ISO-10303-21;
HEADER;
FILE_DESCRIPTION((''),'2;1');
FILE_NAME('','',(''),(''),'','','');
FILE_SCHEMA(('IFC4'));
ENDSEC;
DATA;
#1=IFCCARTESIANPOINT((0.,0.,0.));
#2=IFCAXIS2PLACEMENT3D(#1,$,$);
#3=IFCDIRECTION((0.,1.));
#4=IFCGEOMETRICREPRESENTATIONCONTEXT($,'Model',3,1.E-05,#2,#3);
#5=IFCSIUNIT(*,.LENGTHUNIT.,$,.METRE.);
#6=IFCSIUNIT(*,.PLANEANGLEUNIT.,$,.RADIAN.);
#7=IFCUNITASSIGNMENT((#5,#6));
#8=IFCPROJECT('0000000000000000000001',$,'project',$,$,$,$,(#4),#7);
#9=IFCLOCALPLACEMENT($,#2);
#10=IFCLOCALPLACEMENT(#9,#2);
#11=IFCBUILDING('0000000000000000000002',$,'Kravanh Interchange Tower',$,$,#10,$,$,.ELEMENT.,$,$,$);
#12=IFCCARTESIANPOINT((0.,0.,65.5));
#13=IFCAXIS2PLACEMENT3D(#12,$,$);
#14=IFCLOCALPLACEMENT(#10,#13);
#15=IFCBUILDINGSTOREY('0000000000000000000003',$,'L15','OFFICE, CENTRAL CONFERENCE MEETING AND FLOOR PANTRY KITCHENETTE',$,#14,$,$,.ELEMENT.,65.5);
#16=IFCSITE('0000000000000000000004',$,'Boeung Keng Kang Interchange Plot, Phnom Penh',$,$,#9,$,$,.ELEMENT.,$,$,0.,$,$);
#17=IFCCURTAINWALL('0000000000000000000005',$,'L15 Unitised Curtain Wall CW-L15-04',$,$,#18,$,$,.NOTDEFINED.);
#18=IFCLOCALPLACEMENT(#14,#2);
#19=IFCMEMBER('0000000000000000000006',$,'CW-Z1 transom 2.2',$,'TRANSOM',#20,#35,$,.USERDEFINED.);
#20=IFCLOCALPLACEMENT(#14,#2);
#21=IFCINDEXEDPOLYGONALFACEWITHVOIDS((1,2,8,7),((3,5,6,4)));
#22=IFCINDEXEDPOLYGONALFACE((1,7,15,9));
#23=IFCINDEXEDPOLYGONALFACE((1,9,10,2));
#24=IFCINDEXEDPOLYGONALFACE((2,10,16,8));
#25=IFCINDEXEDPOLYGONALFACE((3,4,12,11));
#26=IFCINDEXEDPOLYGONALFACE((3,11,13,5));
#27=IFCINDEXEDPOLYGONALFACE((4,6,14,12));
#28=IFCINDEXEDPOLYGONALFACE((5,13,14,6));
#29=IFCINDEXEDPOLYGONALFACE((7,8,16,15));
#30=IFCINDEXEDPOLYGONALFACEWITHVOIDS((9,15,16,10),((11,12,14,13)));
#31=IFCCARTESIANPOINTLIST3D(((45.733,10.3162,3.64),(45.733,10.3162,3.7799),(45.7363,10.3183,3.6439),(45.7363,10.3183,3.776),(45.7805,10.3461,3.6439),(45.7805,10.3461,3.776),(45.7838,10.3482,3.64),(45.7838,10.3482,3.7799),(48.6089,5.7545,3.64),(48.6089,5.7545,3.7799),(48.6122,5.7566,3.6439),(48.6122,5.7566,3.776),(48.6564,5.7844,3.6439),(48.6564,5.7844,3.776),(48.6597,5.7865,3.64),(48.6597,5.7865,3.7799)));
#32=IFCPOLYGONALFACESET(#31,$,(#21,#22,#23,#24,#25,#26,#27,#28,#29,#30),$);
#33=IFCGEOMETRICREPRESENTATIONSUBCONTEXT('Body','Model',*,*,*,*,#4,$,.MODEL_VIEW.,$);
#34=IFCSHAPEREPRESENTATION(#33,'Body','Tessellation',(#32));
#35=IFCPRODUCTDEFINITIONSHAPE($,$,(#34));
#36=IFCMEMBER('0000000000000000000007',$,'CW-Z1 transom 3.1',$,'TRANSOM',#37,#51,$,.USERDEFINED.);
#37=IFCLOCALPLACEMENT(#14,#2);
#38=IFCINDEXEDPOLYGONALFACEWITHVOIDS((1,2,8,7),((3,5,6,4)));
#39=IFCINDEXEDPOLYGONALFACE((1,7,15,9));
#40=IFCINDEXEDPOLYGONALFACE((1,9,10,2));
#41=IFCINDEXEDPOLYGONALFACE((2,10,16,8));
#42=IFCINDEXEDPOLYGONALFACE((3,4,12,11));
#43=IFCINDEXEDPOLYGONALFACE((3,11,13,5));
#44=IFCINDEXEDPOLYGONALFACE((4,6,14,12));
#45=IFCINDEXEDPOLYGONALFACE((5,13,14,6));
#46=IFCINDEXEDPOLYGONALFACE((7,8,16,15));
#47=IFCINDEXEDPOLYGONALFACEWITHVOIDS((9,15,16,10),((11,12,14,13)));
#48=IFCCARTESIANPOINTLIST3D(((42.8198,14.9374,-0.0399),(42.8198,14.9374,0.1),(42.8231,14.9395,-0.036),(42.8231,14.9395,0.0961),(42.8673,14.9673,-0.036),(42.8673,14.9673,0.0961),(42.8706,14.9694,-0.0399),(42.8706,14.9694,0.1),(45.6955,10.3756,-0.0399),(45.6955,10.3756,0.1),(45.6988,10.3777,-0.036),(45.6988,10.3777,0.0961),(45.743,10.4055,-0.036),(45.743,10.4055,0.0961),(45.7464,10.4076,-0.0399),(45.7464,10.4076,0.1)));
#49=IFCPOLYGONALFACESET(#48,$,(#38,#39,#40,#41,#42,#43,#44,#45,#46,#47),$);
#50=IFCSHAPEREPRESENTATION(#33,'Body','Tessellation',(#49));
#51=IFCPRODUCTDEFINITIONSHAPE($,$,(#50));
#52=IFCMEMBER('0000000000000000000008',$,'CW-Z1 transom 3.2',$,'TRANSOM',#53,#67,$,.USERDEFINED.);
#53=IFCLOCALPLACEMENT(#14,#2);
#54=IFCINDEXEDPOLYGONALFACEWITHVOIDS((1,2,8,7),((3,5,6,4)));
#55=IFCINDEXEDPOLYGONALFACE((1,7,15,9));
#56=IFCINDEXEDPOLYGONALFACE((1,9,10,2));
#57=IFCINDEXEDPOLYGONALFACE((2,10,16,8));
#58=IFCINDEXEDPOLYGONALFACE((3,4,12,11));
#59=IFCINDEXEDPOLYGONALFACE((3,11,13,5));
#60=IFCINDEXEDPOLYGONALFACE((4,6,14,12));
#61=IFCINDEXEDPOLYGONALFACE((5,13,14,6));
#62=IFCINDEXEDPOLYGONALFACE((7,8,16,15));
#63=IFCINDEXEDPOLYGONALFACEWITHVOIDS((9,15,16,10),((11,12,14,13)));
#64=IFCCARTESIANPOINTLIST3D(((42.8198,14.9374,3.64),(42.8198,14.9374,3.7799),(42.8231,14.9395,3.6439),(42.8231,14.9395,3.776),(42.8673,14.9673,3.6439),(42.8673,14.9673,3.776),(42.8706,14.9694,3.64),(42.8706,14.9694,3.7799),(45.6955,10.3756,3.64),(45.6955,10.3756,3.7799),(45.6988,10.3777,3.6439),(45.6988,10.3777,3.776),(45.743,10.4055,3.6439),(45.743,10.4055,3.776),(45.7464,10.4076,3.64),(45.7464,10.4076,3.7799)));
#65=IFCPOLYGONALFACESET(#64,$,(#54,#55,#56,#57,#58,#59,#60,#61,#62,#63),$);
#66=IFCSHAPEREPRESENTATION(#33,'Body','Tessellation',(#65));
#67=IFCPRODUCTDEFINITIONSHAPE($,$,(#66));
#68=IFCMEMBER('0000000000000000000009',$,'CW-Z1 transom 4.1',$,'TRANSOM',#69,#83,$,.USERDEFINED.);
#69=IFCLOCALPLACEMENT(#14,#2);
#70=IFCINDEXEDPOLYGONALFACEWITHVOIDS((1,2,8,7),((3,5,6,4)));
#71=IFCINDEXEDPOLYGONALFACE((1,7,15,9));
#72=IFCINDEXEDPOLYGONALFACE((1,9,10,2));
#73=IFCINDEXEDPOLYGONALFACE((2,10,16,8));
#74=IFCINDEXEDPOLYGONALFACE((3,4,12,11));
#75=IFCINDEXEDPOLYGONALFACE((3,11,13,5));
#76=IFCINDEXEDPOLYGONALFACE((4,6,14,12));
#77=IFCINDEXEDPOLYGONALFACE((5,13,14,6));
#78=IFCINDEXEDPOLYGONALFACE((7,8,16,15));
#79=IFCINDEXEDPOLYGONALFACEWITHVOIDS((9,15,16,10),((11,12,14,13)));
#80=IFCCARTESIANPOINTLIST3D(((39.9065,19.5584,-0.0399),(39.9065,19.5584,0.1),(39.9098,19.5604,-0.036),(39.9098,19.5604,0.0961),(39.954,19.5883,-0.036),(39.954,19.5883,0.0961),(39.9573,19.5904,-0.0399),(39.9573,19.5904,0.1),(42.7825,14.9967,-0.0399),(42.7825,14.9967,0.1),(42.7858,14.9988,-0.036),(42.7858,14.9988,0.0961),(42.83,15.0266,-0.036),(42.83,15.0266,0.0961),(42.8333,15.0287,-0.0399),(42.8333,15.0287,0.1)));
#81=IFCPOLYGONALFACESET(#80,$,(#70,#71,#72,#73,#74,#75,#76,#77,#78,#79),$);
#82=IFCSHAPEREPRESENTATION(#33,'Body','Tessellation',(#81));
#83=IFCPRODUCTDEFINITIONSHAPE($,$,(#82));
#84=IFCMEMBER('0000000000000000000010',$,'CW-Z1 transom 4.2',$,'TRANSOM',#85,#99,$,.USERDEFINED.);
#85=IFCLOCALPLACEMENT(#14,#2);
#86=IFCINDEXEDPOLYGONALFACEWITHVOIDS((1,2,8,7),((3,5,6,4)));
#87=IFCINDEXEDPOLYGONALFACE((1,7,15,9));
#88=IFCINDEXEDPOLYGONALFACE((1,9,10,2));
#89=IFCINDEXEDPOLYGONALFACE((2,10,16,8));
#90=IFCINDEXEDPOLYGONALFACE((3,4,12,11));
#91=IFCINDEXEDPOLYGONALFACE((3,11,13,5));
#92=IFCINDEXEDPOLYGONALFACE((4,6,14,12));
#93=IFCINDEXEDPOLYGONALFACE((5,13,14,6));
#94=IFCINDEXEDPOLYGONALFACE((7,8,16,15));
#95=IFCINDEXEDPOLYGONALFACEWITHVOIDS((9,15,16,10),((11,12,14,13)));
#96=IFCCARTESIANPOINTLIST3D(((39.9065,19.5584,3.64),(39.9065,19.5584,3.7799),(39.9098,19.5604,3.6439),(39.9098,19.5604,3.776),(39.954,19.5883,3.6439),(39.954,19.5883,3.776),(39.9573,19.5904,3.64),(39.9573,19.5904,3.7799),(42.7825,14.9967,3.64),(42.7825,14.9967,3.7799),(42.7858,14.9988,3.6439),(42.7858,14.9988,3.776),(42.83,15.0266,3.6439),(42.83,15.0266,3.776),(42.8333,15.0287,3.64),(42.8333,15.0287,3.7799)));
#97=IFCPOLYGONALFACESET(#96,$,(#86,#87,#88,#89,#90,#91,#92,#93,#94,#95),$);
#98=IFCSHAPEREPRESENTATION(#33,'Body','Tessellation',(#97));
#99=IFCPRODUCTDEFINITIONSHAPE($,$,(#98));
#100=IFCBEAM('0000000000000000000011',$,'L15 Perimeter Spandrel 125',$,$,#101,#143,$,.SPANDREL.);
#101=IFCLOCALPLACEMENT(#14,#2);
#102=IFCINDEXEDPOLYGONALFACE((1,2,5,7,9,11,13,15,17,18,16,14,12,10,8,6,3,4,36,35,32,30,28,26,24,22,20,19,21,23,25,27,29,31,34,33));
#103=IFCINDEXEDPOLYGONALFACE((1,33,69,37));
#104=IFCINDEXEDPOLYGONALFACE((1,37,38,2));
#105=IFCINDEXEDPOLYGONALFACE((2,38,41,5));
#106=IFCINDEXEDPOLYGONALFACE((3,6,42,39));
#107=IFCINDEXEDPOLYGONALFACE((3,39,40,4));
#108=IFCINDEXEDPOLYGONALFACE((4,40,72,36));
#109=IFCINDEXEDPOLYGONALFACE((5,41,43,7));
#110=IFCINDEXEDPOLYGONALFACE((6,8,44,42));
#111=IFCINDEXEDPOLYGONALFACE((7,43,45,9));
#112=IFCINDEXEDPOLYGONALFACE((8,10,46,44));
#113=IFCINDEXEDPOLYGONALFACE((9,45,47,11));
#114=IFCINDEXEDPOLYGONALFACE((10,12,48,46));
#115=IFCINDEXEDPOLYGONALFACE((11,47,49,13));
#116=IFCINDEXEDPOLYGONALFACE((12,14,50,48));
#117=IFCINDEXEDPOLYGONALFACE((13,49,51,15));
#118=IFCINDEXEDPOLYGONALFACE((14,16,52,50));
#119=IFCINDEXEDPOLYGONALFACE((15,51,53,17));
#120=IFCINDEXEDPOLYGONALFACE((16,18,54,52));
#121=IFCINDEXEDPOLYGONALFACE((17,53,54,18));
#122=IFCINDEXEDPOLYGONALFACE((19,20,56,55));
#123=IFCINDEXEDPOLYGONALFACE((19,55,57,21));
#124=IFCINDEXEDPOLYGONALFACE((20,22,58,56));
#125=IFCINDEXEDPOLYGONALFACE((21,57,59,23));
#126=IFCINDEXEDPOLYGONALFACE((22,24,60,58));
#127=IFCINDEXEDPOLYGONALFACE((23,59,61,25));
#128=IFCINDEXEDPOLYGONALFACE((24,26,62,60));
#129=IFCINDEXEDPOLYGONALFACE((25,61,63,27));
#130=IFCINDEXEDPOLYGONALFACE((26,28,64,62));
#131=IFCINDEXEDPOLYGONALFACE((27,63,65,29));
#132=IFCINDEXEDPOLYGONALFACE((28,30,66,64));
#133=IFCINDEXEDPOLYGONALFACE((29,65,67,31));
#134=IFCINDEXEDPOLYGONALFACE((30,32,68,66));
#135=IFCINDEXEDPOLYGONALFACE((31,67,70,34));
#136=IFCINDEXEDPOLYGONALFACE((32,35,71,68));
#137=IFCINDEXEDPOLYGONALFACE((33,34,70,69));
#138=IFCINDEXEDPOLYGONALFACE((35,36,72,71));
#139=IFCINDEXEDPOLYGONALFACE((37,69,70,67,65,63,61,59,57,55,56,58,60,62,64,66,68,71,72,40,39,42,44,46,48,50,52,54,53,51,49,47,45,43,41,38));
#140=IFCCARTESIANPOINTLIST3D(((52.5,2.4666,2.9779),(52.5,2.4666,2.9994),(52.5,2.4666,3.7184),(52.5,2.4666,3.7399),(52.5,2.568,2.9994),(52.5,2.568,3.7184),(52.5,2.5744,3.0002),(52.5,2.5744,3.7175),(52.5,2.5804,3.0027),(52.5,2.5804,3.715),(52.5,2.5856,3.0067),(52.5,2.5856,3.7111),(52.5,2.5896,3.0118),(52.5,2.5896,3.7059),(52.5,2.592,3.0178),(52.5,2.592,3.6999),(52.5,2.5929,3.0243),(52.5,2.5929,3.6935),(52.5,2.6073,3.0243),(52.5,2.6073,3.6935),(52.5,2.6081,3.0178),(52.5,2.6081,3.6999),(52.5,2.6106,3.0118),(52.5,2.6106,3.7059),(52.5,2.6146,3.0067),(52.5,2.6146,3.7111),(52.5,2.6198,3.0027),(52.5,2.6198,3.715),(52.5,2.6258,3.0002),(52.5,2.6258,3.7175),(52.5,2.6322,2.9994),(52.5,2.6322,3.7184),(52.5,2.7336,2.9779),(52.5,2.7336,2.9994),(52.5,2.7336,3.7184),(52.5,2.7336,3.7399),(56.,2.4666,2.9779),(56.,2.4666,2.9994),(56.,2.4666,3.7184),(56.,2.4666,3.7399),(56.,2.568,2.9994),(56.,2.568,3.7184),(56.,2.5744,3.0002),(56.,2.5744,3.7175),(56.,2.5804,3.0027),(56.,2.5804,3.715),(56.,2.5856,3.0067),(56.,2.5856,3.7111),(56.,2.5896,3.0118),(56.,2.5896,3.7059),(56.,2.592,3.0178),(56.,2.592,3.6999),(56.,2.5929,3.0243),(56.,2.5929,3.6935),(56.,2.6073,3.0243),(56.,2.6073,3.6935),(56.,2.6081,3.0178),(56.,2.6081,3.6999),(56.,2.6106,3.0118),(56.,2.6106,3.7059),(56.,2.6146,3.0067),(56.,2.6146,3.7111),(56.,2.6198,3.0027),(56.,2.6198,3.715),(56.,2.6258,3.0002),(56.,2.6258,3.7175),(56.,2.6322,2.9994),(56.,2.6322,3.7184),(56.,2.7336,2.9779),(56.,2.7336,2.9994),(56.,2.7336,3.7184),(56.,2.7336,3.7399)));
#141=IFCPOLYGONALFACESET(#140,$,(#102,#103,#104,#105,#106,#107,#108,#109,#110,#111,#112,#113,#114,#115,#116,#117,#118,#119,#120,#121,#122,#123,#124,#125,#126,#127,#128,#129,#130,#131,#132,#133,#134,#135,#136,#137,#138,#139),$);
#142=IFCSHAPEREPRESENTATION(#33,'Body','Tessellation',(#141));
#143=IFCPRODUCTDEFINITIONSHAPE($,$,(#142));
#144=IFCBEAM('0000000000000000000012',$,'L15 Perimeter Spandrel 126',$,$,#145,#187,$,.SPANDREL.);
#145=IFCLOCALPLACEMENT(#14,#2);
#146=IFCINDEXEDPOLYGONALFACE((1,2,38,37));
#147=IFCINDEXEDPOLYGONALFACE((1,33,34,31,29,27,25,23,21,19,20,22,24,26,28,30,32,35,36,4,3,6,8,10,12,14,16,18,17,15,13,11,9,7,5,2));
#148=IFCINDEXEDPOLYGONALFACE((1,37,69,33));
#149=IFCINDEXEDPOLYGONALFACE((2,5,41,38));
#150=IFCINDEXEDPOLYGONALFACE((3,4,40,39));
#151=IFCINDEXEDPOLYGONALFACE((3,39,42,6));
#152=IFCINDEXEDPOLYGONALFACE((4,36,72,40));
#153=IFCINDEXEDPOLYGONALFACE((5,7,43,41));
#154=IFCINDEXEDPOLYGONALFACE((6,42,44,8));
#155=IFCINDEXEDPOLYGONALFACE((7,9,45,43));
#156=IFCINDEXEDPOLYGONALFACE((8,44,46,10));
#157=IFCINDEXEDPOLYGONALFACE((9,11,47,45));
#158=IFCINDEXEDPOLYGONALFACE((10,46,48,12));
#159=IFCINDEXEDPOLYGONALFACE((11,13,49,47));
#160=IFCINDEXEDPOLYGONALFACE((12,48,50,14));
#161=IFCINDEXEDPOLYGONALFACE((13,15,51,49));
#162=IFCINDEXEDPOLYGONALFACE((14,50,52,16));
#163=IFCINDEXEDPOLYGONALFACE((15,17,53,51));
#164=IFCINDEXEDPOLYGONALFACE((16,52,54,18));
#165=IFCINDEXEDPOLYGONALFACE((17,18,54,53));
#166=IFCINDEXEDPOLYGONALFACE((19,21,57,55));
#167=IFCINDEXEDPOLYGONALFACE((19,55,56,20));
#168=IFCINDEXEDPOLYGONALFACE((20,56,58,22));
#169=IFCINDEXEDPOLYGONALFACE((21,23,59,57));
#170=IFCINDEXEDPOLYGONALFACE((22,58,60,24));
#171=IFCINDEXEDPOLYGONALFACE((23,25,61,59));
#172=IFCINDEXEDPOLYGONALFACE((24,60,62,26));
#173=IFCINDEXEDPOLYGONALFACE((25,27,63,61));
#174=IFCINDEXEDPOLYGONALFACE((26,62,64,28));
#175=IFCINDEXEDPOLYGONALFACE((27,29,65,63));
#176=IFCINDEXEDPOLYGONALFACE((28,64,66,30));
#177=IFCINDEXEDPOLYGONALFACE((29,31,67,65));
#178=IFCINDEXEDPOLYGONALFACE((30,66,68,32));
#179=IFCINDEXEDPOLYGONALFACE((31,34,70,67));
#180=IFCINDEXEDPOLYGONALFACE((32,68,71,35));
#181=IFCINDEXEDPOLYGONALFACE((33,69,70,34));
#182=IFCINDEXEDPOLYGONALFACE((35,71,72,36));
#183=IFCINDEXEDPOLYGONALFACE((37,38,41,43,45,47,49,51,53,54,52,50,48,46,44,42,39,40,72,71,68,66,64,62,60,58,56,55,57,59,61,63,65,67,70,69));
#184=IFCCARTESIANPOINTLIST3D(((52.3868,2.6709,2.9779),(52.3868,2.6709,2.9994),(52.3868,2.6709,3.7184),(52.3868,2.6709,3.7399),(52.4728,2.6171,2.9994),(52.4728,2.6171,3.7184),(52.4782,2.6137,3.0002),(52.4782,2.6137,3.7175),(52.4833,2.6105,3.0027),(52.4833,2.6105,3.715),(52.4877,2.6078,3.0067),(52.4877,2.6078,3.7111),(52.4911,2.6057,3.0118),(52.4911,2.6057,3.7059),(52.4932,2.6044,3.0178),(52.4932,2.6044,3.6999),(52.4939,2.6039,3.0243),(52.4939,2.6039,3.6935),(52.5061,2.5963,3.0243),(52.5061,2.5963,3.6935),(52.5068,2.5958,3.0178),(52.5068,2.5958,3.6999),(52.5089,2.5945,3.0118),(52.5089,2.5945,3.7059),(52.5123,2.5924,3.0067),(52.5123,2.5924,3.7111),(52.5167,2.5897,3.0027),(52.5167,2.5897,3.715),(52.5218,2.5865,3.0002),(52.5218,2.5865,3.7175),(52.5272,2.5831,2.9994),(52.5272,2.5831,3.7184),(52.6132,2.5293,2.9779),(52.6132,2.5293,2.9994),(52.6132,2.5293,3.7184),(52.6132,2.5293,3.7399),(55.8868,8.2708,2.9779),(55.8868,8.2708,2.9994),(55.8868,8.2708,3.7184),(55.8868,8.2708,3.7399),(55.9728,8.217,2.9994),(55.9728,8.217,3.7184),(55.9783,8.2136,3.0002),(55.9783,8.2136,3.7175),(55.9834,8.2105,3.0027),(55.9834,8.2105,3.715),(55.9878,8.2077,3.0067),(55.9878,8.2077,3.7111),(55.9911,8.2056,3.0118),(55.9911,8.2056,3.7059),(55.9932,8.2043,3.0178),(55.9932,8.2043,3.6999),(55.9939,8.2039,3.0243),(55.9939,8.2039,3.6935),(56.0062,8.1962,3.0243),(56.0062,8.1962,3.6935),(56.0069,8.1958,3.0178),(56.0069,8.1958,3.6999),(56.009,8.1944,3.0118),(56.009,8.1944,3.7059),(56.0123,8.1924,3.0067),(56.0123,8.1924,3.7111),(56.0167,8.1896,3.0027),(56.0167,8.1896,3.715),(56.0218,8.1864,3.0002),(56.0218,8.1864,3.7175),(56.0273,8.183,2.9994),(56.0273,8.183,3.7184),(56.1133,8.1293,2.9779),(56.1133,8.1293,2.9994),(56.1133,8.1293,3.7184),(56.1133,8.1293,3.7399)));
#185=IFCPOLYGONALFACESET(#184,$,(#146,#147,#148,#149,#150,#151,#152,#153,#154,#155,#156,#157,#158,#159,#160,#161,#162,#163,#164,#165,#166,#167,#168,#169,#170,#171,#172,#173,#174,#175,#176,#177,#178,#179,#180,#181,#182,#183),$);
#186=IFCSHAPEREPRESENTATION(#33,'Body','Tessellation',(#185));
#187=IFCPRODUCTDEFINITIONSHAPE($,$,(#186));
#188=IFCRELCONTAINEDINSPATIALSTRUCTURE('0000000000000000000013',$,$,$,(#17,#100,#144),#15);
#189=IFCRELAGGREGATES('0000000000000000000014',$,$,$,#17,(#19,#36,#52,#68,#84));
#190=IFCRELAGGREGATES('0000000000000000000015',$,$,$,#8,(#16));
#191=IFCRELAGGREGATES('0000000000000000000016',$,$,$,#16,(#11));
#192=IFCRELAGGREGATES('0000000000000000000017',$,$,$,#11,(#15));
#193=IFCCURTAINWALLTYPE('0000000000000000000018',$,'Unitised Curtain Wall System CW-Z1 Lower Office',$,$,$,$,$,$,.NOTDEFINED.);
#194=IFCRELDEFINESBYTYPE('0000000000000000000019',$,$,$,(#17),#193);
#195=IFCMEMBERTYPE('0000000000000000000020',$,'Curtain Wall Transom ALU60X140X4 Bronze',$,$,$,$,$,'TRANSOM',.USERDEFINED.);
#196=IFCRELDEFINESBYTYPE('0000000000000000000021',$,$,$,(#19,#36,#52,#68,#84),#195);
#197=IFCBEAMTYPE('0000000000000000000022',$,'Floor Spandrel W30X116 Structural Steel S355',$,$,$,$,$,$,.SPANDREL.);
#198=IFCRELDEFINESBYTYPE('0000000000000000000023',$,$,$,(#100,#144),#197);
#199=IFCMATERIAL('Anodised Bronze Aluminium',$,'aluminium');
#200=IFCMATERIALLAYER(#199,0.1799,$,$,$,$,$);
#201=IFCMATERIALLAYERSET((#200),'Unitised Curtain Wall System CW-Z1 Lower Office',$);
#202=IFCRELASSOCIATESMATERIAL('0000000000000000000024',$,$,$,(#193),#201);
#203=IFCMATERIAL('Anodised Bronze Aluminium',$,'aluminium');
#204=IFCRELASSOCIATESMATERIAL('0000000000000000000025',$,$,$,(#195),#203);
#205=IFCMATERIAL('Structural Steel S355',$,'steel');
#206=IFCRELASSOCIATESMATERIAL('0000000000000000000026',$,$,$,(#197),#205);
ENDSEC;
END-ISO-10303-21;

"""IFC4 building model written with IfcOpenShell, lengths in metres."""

from ifc_helpers import new_model, si_unit, direction, frame, origin, origin_2d, place, context, subcontext, project, spatial, hollow_rectangle, i_section, extrude, material, layer, layer_set, material_profile, profile_set, type_object, element, aggregate, save


model = new_model("IFC4")

# Units and contexts
model_context = context("Model", 3, precision=1e-05, world=origin(), true_north=direction((0.0, 1.0)))
body_context = subcontext(model_context, "Body", "Model", "MODEL_VIEW")
ifc_project = project(units=[si_unit("LENGTHUNIT", "METRE"), si_unit("PLANEANGLEUNIT", "RADIAN")], contexts=[model_context])

# Site, building, storey
site_placement = place(None, origin())
site = spatial("IfcSite", under=ifc_project, at=site_placement, Name="Boeung Keng Kang Interchange Plot, Phnom Penh", CompositionType="ELEMENT", RefElevation=0.0)
building_placement = place(site_placement, origin())
building = spatial("IfcBuilding", under=site, at=building_placement, Name="Kravanh Interchange Tower", CompositionType="ELEMENT")
storey_placement = place(building_placement, frame((0.0, 0.0, 65.5)))
storey = spatial("IfcBuildingStorey", under=building, at=storey_placement, Name="L15", Description="OFFICE, CENTRAL CONFERENCE MEETING AND FLOOR PANTRY KITCHENETTE", CompositionType="ELEMENT", Elevation=65.5)

# Shared definitions
ifc_material_1 = material(Name="Anodised Bronze Aluminium", Category="aluminium")
ifc_layer_1 = layer(ifc_material_1, 0.1799)
ifc_layer_set_1 = layer_set([ifc_layer_1], Name="Unitised Curtain Wall System CW-Z1 Lower Office")
curtain_wall_type = type_object("IfcCurtainWallType", Name="Unitised Curtain Wall System CW-Z1 Lower Office", PredefinedType="NOTDEFINED", material=ifc_layer_set_1)

# Curtain wall, members
curtain_wall_1_placement = place(storey_placement, origin())
curtain_wall_1 = element("IfcCurtainWall", 1, at=curtain_wall_1_placement, inside=storey, type_object=curtain_wall_type, Name="L15 Unitised Curtain Wall CW-L15-04", PredefinedType="NOTDEFINED")
ifc_material_2 = material(Name="Anodised Bronze Aluminium", Category="aluminium")
ifc_material_profile_1 = material_profile(ifc_material_2, hollow_rectangle(XDim=0.0601, YDim=0.1399, WallThickness=0.0039, at=origin_2d()), Name="ALU60X140X4")
ifc_profile_set_1 = profile_set([ifc_material_profile_1], Name="Anodised Bronze Aluminium")
member_type_1 = type_object("IfcMemberType", Name="Curtain Wall Transom ALU60X140X4 Bronze", ElementType="TRANSOM", PredefinedType="USERDEFINED", material=ifc_profile_set_1)
member_1_placement = place(storey_placement, frame((48.6343, 5.7705, 3.71), z_axis=(-0.533311, 0.845919, 0.0), x_axis=(-0.845919, -0.533311, 0.0)))
member_1 = element("IfcMember", 2, at=member_1_placement, type_object=member_type_1, Name="CW-Z1 transom 2.2", ObjectType="TRANSOM", PredefinedType="USERDEFINED", context=body_context, shape_type="SweptSolid", body=[
    extrude(hollow_rectangle(XDim=0.0601, YDim=0.1399, WallThickness=0.0039, at=origin_2d()), origin(), (0.0, 0.0, 1.0), 5.3926),
])
member_2_placement = place(storey_placement, frame((45.7209, 10.3916, 0.03), z_axis=(-0.533279, 0.845939, 0.0), x_axis=(-0.845939, -0.533279, 0.0)))
member_2 = element("IfcMember", 3, at=member_2_placement, type_object=member_type_1, Name="CW-Z1 transom 3.1", ObjectType="TRANSOM", PredefinedType="USERDEFINED", context=body_context, shape_type="SweptSolid", body=[
    extrude(hollow_rectangle(XDim=0.0601, YDim=0.1399, WallThickness=0.0039, at=origin_2d()), origin(), (0.0, 0.0, 1.0), 5.3926),
])
member_3_placement = place(storey_placement, frame((45.7209, 10.3916, 3.71), z_axis=(-0.533279, 0.845939, 0.0), x_axis=(-0.845939, -0.533279, 0.0)))
member_3 = element("IfcMember", 4, at=member_3_placement, type_object=member_type_1, Name="CW-Z1 transom 3.2", ObjectType="TRANSOM", PredefinedType="USERDEFINED", context=body_context, shape_type="SweptSolid", body=[
    extrude(hollow_rectangle(XDim=0.0601, YDim=0.1399, WallThickness=0.0039, at=origin_2d()), origin(), (0.0, 0.0, 1.0), 5.3926),
])
member_4_placement = place(storey_placement, frame((42.8079, 15.0127, 0.03), z_axis=(-0.533311, 0.845919, 0.0), x_axis=(-0.845919, -0.533311, 0.0)))
member_4 = element("IfcMember", 5, at=member_4_placement, type_object=member_type_1, Name="CW-Z1 transom 4.1", ObjectType="TRANSOM", PredefinedType="USERDEFINED", context=body_context, shape_type="SweptSolid", body=[
    extrude(hollow_rectangle(XDim=0.0601, YDim=0.1399, WallThickness=0.0039, at=origin_2d()), origin(), (0.0, 0.0, 1.0), 5.3926),
])
member_5_placement = place(storey_placement, frame((42.8079, 15.0127, 3.71), z_axis=(-0.533311, 0.845919, 0.0), x_axis=(-0.845919, -0.533311, 0.0)))
member_5 = element("IfcMember", 6, at=member_5_placement, type_object=member_type_1, Name="CW-Z1 transom 4.2", ObjectType="TRANSOM", PredefinedType="USERDEFINED", context=body_context, shape_type="SweptSolid", body=[
    extrude(hollow_rectangle(XDim=0.0601, YDim=0.1399, WallThickness=0.0039, at=origin_2d()), origin(), (0.0, 0.0, 1.0), 5.3926),
])

# Beams
ifc_material_3 = material(Name="Structural Steel S355", Category="steel")
ifc_material_profile_2 = material_profile(ifc_material_3, i_section(OverallWidth=0.2671, OverallDepth=0.762, WebThickness=0.0144, FlangeThickness=0.0215, FilletRadius=0.0249, at=origin_2d()), Name="W30X116")
ifc_profile_set_2 = profile_set([ifc_material_profile_2], Name="Structural Steel S355")
beam_type = type_object("IfcBeamType", Name="Floor Spandrel W30X116 Structural Steel S355", PredefinedType="SPANDREL", material=ifc_profile_set_2)
beam_1_placement = place(storey_placement, frame((52.5, 2.6001, 3.3589), z_axis=(1.0, 0.0, 0.0), x_axis=(0.0, 1.0, 0.0)))
element("IfcBeam", 7, at=beam_1_placement, inside=storey, type_object=beam_type, Name="L15 Perimeter Spandrel 125", PredefinedType="SPANDREL", context=body_context, shape_type="SweptSolid", body=[
    extrude(i_section(OverallWidth=0.2671, OverallDepth=0.762, WebThickness=0.0144, FlangeThickness=0.0215, FilletRadius=0.0249, at=origin_2d()), origin(), (0.0, 0.0, 1.0), 3.5),
])
beam_2_placement = place(storey_placement, frame((52.5, 2.6001, 3.3589), z_axis=(0.530009, 0.847992, 0.0), x_axis=(-0.847992, 0.530009, 0.0)))
element("IfcBeam", 8, at=beam_2_placement, inside=storey, type_object=beam_type, Name="L15 Perimeter Spandrel 126", PredefinedType="SPANDREL", context=body_context, shape_type="SweptSolid", body=[
    extrude(i_section(OverallWidth=0.2671, OverallDepth=0.762, WebThickness=0.0144, FlangeThickness=0.0215, FilletRadius=0.0249, at=origin_2d()), origin(), (0.0, 0.0, 1.0), 6.6038),
])

aggregate(curtain_wall_1, [member_1, member_2, member_3, member_4, member_5])

save(model, "model.ifc")
